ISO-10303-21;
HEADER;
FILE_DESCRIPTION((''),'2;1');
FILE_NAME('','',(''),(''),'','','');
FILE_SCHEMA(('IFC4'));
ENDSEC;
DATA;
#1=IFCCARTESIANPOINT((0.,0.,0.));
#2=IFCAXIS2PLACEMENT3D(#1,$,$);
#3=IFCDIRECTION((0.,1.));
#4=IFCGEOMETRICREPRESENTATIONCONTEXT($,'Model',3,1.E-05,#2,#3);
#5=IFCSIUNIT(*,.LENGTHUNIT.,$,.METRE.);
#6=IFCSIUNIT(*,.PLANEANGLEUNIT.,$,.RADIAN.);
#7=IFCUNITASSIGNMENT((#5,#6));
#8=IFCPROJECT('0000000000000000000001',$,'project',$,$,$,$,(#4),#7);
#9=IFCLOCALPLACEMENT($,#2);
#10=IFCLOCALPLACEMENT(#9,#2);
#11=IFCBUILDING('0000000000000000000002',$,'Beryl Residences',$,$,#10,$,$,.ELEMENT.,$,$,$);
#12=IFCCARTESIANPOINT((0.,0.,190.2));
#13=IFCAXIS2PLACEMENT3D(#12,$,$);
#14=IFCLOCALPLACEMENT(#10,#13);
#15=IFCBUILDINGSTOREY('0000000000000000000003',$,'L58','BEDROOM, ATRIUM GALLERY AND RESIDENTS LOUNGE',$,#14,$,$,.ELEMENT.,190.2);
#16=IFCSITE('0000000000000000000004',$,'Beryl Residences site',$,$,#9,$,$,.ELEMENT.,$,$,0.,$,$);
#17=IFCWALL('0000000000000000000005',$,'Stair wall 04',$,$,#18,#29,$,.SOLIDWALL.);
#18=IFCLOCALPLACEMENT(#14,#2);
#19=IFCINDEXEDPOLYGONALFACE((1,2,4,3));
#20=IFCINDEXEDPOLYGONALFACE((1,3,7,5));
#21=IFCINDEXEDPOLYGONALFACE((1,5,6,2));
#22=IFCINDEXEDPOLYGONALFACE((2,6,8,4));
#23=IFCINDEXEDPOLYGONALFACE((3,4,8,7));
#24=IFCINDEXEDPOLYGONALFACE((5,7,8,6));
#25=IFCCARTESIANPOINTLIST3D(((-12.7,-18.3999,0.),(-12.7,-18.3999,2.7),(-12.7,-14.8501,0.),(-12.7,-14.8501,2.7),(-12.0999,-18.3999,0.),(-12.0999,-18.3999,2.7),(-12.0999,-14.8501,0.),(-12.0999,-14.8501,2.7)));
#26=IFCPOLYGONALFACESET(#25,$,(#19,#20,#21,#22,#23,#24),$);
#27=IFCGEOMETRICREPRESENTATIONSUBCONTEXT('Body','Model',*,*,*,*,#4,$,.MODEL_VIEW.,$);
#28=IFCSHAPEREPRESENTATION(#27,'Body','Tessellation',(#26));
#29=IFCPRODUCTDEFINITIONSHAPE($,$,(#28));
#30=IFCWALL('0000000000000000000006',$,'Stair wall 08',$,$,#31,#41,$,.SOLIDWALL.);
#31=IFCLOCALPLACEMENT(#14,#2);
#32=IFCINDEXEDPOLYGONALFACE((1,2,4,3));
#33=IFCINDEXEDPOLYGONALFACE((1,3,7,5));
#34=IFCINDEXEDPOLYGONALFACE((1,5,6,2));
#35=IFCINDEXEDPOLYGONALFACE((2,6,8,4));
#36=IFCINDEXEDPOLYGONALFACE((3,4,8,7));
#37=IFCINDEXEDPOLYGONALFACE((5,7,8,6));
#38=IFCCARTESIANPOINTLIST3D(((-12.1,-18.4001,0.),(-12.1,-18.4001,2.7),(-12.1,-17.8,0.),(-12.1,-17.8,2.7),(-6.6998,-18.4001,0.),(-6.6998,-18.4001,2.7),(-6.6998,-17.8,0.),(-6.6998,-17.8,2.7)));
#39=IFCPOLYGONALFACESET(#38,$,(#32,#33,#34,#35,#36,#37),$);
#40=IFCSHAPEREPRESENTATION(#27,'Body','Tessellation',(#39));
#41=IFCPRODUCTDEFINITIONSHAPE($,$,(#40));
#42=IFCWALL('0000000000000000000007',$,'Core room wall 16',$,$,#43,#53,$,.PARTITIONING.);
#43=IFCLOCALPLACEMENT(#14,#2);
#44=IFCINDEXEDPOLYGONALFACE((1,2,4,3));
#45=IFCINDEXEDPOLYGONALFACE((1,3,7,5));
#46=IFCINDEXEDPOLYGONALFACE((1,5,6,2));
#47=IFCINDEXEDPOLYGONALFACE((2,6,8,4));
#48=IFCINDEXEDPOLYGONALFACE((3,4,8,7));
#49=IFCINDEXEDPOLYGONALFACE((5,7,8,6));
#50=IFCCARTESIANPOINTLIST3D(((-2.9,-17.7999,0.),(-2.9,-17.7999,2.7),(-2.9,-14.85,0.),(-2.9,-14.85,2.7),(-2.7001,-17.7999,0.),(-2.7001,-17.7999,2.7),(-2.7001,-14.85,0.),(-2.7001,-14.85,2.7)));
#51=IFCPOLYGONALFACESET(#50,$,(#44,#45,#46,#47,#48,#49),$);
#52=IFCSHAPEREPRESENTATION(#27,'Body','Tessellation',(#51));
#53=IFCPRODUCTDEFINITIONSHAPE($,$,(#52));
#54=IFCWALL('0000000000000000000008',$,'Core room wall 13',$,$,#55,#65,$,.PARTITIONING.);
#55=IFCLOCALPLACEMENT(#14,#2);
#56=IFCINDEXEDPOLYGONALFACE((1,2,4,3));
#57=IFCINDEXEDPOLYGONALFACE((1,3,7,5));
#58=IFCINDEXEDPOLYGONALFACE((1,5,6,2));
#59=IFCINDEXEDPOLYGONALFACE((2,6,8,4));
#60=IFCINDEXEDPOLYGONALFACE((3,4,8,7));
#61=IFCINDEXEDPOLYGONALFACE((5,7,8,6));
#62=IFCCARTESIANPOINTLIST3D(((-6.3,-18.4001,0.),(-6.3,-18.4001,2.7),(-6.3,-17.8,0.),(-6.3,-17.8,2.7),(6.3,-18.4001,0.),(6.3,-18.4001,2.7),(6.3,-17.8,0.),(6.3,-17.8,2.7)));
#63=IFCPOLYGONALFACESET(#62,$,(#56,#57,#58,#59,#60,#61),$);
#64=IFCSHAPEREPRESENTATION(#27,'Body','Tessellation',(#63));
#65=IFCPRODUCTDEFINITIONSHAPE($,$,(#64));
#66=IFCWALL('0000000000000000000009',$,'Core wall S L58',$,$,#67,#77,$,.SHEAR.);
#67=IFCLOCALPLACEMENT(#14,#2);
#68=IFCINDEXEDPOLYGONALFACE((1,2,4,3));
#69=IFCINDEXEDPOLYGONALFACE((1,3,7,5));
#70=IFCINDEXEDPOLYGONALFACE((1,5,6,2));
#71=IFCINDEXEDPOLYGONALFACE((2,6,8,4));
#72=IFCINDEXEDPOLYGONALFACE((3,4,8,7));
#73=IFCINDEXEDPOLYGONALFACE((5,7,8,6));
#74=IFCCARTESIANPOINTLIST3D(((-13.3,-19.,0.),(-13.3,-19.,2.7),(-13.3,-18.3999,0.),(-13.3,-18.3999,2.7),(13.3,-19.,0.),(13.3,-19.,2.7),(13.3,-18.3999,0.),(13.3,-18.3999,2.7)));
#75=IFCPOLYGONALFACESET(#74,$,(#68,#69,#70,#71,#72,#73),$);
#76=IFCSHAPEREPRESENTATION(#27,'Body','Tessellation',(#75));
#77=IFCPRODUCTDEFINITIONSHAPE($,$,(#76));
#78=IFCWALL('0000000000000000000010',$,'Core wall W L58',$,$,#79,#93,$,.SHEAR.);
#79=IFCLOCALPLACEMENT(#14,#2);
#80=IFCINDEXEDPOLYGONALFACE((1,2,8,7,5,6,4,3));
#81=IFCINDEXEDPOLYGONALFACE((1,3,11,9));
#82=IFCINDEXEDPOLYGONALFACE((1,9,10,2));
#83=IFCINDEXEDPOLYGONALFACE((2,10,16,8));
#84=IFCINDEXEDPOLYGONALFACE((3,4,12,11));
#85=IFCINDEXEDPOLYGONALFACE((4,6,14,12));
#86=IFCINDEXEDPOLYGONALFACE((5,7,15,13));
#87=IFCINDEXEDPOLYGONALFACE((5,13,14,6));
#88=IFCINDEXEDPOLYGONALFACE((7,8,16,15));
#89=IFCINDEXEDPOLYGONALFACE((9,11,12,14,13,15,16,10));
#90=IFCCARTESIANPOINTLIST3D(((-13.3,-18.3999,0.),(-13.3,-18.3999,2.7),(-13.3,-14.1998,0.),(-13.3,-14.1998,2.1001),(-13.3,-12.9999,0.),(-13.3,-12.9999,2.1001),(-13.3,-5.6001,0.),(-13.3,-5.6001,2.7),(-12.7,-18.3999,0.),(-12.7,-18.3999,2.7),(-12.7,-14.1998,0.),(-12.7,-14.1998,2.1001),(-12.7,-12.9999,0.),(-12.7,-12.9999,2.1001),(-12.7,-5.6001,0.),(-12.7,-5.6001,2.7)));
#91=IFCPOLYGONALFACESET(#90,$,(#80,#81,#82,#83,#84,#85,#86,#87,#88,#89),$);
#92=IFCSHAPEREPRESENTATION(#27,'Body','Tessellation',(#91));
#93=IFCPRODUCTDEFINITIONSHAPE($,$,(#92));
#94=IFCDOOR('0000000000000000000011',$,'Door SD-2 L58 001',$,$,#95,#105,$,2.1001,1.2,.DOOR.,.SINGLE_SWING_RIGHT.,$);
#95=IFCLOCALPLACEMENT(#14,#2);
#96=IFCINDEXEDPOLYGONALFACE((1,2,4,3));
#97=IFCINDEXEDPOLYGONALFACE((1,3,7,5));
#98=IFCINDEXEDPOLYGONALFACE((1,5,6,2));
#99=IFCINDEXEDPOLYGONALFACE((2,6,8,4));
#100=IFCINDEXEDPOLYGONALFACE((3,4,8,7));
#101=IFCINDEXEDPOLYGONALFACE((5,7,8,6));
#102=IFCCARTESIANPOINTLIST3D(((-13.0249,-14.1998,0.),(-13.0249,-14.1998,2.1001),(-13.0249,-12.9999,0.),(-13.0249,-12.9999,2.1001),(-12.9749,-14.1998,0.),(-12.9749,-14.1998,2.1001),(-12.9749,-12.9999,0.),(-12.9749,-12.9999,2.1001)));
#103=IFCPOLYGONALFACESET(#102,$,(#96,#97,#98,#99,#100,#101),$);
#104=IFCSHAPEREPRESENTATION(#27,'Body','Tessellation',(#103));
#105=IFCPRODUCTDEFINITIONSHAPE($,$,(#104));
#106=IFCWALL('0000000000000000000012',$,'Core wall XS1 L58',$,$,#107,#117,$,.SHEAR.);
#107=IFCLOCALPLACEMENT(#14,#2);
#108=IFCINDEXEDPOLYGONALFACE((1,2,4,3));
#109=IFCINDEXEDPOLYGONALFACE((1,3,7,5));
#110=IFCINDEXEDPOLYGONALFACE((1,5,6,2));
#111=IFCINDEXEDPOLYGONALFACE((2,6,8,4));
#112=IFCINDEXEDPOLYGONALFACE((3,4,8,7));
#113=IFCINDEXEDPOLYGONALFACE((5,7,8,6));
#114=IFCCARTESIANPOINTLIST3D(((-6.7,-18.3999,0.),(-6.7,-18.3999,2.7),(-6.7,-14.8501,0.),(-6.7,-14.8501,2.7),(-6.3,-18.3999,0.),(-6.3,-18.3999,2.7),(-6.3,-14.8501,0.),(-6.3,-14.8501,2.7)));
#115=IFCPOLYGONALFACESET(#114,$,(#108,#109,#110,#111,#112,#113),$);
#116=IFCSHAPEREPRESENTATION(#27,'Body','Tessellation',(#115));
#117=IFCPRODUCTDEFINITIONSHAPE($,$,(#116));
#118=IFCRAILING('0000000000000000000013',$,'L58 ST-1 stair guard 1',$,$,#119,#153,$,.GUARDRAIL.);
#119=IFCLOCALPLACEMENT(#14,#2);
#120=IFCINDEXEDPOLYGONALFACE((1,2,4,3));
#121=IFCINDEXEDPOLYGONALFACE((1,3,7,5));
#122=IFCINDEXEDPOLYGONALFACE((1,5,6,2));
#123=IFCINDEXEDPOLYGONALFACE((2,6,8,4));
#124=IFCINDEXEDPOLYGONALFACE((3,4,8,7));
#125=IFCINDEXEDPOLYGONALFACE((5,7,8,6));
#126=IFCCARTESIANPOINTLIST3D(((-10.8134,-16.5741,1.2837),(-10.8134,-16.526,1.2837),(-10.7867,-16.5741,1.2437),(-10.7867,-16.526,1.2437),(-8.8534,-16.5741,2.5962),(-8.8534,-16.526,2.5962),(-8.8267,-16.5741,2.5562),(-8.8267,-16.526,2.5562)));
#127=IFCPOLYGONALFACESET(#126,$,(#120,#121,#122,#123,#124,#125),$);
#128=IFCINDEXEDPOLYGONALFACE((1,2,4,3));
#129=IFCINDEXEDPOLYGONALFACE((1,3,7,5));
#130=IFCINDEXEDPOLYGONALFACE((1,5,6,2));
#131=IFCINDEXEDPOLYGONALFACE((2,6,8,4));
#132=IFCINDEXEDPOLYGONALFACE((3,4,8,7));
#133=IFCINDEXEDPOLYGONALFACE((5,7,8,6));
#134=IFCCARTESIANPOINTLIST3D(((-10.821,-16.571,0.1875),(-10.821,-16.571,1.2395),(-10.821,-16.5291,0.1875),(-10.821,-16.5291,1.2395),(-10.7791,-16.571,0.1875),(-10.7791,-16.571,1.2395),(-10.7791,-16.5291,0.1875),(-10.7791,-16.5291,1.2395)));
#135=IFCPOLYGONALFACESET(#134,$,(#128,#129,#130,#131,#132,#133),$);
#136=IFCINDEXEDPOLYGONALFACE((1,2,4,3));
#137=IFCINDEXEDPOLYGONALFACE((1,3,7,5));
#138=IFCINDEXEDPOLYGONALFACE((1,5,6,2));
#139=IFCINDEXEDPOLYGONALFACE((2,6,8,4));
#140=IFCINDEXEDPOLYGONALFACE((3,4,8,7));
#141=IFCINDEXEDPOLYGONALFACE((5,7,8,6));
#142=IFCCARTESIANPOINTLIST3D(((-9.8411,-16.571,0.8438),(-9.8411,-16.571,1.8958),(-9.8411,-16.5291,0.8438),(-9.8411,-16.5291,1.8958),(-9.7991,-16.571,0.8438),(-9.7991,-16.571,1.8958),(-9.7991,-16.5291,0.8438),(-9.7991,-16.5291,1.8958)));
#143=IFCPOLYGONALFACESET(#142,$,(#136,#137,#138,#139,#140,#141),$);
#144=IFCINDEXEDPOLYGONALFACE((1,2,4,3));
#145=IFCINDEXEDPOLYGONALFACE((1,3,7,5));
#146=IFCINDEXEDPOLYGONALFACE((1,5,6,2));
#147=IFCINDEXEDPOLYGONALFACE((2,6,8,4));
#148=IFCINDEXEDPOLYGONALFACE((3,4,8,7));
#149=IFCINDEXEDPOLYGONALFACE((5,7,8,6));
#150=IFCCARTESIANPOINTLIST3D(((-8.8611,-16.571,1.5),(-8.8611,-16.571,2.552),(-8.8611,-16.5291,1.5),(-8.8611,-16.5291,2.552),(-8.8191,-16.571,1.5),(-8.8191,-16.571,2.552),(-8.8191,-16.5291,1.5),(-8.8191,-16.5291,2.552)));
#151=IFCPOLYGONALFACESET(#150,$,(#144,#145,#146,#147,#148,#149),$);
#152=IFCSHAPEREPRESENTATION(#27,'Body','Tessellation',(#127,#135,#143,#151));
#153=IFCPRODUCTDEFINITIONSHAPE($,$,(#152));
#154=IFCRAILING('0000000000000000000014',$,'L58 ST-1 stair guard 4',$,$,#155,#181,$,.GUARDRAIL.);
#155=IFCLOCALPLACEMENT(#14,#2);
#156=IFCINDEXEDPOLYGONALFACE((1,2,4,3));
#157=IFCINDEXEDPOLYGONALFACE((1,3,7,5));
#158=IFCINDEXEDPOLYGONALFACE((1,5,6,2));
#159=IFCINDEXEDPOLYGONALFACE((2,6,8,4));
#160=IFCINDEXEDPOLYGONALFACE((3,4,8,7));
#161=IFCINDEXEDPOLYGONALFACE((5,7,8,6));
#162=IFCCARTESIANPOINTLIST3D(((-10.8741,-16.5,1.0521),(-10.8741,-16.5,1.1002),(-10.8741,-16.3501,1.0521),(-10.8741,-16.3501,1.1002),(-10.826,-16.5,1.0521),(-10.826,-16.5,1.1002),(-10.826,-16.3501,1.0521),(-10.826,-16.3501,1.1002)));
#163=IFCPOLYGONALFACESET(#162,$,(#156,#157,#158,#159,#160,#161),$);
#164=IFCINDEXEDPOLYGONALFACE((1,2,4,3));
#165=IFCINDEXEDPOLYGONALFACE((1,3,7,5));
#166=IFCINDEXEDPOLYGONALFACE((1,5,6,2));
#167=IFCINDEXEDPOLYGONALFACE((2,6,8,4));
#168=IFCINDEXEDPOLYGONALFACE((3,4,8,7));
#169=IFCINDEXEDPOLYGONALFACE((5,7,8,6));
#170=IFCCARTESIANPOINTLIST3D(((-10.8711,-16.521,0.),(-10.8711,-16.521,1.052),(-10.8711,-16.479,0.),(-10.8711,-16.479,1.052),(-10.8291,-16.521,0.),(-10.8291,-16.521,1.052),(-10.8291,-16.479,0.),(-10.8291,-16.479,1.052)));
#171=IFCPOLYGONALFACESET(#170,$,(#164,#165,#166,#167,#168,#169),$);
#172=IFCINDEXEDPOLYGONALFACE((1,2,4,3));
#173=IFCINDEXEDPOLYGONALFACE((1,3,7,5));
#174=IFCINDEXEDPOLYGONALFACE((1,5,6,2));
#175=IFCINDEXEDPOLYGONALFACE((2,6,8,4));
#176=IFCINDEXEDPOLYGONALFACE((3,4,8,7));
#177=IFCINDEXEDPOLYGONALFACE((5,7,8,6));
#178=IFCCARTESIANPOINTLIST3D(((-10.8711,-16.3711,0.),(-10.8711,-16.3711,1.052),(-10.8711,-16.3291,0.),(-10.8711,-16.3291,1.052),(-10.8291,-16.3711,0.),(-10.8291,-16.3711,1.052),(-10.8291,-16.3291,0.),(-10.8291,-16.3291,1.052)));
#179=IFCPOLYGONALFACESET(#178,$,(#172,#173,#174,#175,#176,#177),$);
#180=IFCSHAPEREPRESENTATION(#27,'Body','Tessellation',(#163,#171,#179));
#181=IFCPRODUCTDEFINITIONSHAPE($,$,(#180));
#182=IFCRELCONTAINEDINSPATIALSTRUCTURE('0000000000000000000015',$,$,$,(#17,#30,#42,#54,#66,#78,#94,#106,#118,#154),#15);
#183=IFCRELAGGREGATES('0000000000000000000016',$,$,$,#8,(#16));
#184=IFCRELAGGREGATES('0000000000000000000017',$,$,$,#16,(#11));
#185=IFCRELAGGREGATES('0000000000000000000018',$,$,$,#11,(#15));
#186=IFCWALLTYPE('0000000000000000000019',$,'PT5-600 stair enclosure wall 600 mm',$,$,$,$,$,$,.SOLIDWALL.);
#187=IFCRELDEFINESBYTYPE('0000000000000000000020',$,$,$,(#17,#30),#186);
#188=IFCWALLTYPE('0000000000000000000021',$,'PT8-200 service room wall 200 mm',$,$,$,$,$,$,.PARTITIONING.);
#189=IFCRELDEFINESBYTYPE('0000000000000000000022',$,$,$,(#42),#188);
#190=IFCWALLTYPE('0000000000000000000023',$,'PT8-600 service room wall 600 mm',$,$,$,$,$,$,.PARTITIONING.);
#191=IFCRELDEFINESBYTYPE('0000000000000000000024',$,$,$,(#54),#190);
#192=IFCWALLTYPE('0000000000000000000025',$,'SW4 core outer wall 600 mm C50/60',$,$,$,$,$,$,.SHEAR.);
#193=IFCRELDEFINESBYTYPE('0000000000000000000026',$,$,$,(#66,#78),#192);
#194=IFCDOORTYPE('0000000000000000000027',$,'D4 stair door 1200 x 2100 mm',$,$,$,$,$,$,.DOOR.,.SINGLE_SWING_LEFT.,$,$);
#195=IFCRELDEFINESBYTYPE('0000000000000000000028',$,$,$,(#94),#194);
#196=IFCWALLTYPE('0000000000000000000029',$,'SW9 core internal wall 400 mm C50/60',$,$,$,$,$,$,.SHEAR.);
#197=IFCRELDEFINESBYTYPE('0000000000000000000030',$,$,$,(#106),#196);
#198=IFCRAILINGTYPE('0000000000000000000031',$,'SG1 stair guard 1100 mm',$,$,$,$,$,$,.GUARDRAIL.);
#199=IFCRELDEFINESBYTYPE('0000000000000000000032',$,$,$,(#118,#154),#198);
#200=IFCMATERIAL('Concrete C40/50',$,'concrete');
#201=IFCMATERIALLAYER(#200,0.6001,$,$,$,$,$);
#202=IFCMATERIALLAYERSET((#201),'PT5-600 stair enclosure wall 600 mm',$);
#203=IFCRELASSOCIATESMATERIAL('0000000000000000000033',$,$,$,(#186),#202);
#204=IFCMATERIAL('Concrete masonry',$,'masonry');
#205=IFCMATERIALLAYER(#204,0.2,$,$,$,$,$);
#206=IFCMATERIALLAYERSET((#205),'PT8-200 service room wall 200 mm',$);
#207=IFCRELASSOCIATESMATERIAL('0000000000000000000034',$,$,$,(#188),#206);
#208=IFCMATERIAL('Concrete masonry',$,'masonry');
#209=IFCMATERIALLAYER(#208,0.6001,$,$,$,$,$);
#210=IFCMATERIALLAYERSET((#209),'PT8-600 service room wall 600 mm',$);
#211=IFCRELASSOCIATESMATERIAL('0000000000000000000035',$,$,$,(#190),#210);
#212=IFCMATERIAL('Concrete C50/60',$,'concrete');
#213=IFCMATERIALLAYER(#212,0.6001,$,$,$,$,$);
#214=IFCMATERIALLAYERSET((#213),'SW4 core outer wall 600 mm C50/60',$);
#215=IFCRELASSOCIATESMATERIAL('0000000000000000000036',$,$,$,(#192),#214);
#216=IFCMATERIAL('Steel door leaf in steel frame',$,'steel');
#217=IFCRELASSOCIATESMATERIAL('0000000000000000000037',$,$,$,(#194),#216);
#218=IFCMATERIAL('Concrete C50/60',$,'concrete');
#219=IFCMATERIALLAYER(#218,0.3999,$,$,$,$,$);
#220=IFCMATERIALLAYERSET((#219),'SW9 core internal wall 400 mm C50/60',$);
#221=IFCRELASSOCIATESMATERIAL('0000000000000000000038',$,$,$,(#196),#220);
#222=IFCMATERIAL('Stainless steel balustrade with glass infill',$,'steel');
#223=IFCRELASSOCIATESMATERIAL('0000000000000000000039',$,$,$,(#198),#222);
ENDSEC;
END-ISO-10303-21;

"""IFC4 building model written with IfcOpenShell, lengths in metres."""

from ifc_helpers import new_model, si_unit, direction, frame, frame_2d, origin, origin_2d, place, context, subcontext, project, spatial, rectangle, extrude, material, layer, layer_set, type_object, element, fill, save


model = new_model("IFC4")

# Units and contexts
model_context = context("Model", 3, precision=1e-05, world=origin(), true_north=direction((0.0, 1.0)))
body_context = subcontext(model_context, "Body", "Model", "MODEL_VIEW")
ifc_project = project(units=[si_unit("LENGTHUNIT", "METRE"), si_unit("PLANEANGLEUNIT", "RADIAN")], contexts=[model_context])

# Site, building, storey
site_placement = place(None, origin())
site = spatial("IfcSite", under=ifc_project, at=site_placement, Name="Beryl Residences site", CompositionType="ELEMENT", RefElevation=0.0)
building_placement = place(site_placement, origin())
building = spatial("IfcBuilding", under=site, at=building_placement, Name="Beryl Residences", CompositionType="ELEMENT")
storey_placement = place(building_placement, frame((0.0, 0.0, 190.2)))
storey = spatial("IfcBuildingStorey", under=building, at=storey_placement, Name="L58", Description="BEDROOM, ATRIUM GALLERY AND RESIDENTS LOUNGE", CompositionType="ELEMENT", Elevation=190.2)

# Walls
ifc_material_1 = material(Name="Concrete C40/50", Category="concrete")
ifc_layer_1 = layer(ifc_material_1, 0.6001)
ifc_layer_set_1 = layer_set([ifc_layer_1], Name="PT5-600 stair enclosure wall 600 mm")
wall_type_1 = type_object("IfcWallType", Name="PT5-600 stair enclosure wall 600 mm", PredefinedType="SOLIDWALL", material=ifc_layer_set_1)
wall_1_placement = place(storey_placement, frame((-12.3999, -18.3999, 0.0), z_axis=(0.0, 0.0, 1.0), x_axis=(0.0, 1.0, 0.0)))
element("IfcWall", 1, at=wall_1_placement, inside=storey, type_object=wall_type_1, Name="Stair wall 04", PredefinedType="SOLIDWALL", context=body_context, shape_type="SweptSolid", body=[
    extrude(rectangle(XDim=3.5498, YDim=0.6001, at=frame_2d((1.7749, 0.0))), origin(), (0.0, 0.0, 1.0), 2.7),
])
wall_2_placement = place(storey_placement, frame((-12.1001, -18.1001, 0.0), z_axis=(0.0, 0.0, 1.0), x_axis=(1.0, 0.0, 0.0)))
element("IfcWall", 2, at=wall_2_placement, inside=storey, type_object=wall_type_1, Name="Stair wall 08", PredefinedType="SOLIDWALL", context=body_context, shape_type="SweptSolid", body=[
    extrude(rectangle(XDim=5.4001, YDim=0.6001, at=frame_2d((2.7002, 0.0))), origin(), (0.0, 0.0, 1.0), 2.7),
])
ifc_material_2 = material(Name="Concrete masonry", Category="masonry")
ifc_layer_2 = layer(ifc_material_2, 0.2)
ifc_layer_set_2 = layer_set([ifc_layer_2], Name="PT8-200 service room wall 200 mm")
wall_type_2 = type_object("IfcWallType", Name="PT8-200 service room wall 200 mm", PredefinedType="PARTITIONING", material=ifc_layer_set_2)
wall_3_placement = place(storey_placement, frame((-2.8, -17.8, 0.0), z_axis=(0.0, 0.0, 1.0), x_axis=(0.0, 1.0, 0.0)))
element("IfcWall", 3, at=wall_3_placement, inside=storey, type_object=wall_type_2, Name="Core room wall 16", PredefinedType="PARTITIONING", context=body_context, shape_type="SweptSolid", body=[
    extrude(rectangle(XDim=2.95, YDim=0.2, at=frame_2d((1.4751, 0.0))), origin(), (0.0, 0.0, 1.0), 2.7),
])
ifc_material_3 = material(Name="Concrete masonry", Category="masonry")
ifc_layer_3 = layer(ifc_material_3, 0.6001)
ifc_layer_set_3 = layer_set([ifc_layer_3], Name="PT8-600 service room wall 600 mm")
wall_type_3 = type_object("IfcWallType", Name="PT8-600 service room wall 600 mm", PredefinedType="PARTITIONING", material=ifc_layer_set_3)
wall_4_placement = place(storey_placement, frame((-6.3, -18.1001, 0.0), z_axis=(0.0, 0.0, 1.0), x_axis=(1.0, 0.0, 0.0)))
element("IfcWall", 4, at=wall_4_placement, inside=storey, type_object=wall_type_3, Name="Core room wall 13", PredefinedType="PARTITIONING", context=body_context, shape_type="SweptSolid", body=[
    extrude(rectangle(XDim=12.6001, YDim=0.6001, at=frame_2d((6.3, 0.0))), origin(), (0.0, 0.0, 1.0), 2.7),
])
ifc_material_4 = material(Name="Concrete C50/60", Category="concrete")
ifc_layer_4 = layer(ifc_material_4, 0.6001)
ifc_layer_set_4 = layer_set([ifc_layer_4], Name="SW4 core outer wall 600 mm C50/60")
wall_type_4 = type_object("IfcWallType", Name="SW4 core outer wall 600 mm C50/60", PredefinedType="SHEAR", material=ifc_layer_set_4)
wall_5_placement = place(storey_placement, frame((-13.3, -18.7, 0.0), z_axis=(0.0, 0.0, 1.0), x_axis=(1.0, 0.0, 0.0)))
element("IfcWall", 5, at=wall_5_placement, inside=storey, type_object=wall_type_4, Name="Core wall S L58", PredefinedType="SHEAR", context=body_context, shape_type="SweptSolid", body=[
    extrude(rectangle(XDim=26.6001, YDim=0.6001, at=frame_2d((13.3, 0.0))), origin(), (0.0, 0.0, 1.0), 2.7),
])

# Wall, opening, door
wall_6_placement = place(storey_placement, frame((-13.0, -18.3999, 0.0), z_axis=(0.0, 0.0, 1.0), x_axis=(0.0, 1.0, 0.0)))
wall_6 = element("IfcWall", 6, at=wall_6_placement, inside=storey, type_object=wall_type_4, Name="Core wall W L58", PredefinedType="SHEAR", context=body_context, shape_type="SweptSolid", body=[
    extrude(rectangle(XDim=12.7998, YDim=0.6001, at=frame_2d((6.3999, 0.0))), origin(), (0.0, 0.0, 1.0), 2.7),
])
opening_1_placement = place(wall_6_placement, frame((4.2, 0.0, 0.0)))
opening_1 = element("IfcOpeningElement", 7, at=opening_1_placement, cuts=wall_6, PredefinedType="OPENING", context=body_context, shape_type="SweptSolid", body=[
    extrude(rectangle(XDim=1.2, YDim=2.1001, at=frame_2d((0.6001, 1.05))), frame((0.0, 0.3101, 0.0), z_axis=(0.0, -1.0, 0.0), x_axis=(1.0, 0.0, 0.0)), (0.0, 0.0, 1.0), 0.6201),
])
ifc_material_5 = material(Name="Steel door leaf in steel frame", Category="steel")
door_type = type_object("IfcDoorType", Name="D4 stair door 1200 x 2100 mm", OperationType="SINGLE_SWING_LEFT", PredefinedType="DOOR", material=ifc_material_5)
door_placement = place(opening_1_placement, origin())
door = element("IfcDoor", 8, at=door_placement, inside=storey, type_object=door_type, Name="Door SD-2 L58 001", OperationType="SINGLE_SWING_RIGHT", OverallHeight=2.1001, OverallWidth=1.2, PredefinedType="DOOR", context=body_context, shape_type="SweptSolid", body=[
    extrude(rectangle(XDim=1.2, YDim=2.1001, at=frame_2d((0.6001, 1.05))), frame((0.0, 0.0249, 0.0), z_axis=(0.0, -1.0, 0.0), x_axis=(1.0, 0.0, 0.0)), (0.0, 0.0, 1.0), 0.05),
])
fill(opening_1, door)

# Wall
ifc_material_6 = material(Name="Concrete C50/60", Category="concrete")
ifc_layer_5 = layer(ifc_material_6, 0.3999)
ifc_layer_set_5 = layer_set([ifc_layer_5], Name="SW9 core internal wall 400 mm C50/60")
wall_type_5 = type_object("IfcWallType", Name="SW9 core internal wall 400 mm C50/60", PredefinedType="SHEAR", material=ifc_layer_set_5)
wall_7_placement = place(storey_placement, frame((-6.5, -18.3999, 0.0), z_axis=(0.0, 0.0, 1.0), x_axis=(0.0, 1.0, 0.0)))
element("IfcWall", 9, at=wall_7_placement, inside=storey, type_object=wall_type_5, Name="Core wall XS1 L58", PredefinedType="SHEAR", context=body_context, shape_type="SweptSolid", body=[
    extrude(rectangle(XDim=3.5498, YDim=0.3999, at=frame_2d((1.7749, 0.0))), origin(), (0.0, 0.0, 1.0), 2.7),
])

# Railings
ifc_material_7 = material(Name="Stainless steel balustrade with glass infill", Category="steel")
railing_type_1 = type_object("IfcRailingType", Name="SG1 stair guard 1100 mm", PredefinedType="GUARDRAIL", material=ifc_material_7)
railing_1_placement = place(storey_placement, frame((-10.8, -16.55, 0.1875)))
element("IfcRailing", 10, at=railing_1_placement, inside=storey, type_object=railing_type_1, Name="L58 ST-1 stair guard 1", PredefinedType="GUARDRAIL", context=body_context, shape_type="SweptSolid", body=[
    extrude(rectangle(XDim=0.0481, YDim=0.0481, at=origin_2d()), frame((0.0, 0.0, 1.0762), z_axis=(0.830902, 0.0, 0.556419), x_axis=(0.0, 1.0, 0.0)), (0.0, 0.0, 1.0), 2.3589),
    extrude(rectangle(XDim=0.042, YDim=0.042, at=origin_2d()), origin(), (0.0, 0.0, 1.0), 1.052),
    extrude(rectangle(XDim=0.042, YDim=0.042, at=origin_2d()), frame((0.98, 0.0, 0.6562)), (0.0, 0.0, 1.0), 1.052),
    extrude(rectangle(XDim=0.042, YDim=0.042, at=origin_2d()), frame((1.96, 0.0, 1.3125)), (0.0, 0.0, 1.0), 1.052),
])
railing_2_placement = place(storey_placement, frame((-10.8501, -16.5, 0.0)))
element("IfcRailing", 11, at=railing_2_placement, inside=storey, type_object=railing_type_1, Name="L58 ST-1 stair guard 4", PredefinedType="GUARDRAIL", context=body_context, shape_type="SweptSolid", body=[
    extrude(rectangle(XDim=0.0481, YDim=0.0481, at=origin_2d()), frame((0.0, 0.0, 1.0762), z_axis=(0.0, 1.0, 0.0), x_axis=(-1.0, 0.0, 0.0)), (0.0, 0.0, 1.0), 0.1499),
    extrude(rectangle(XDim=0.042, YDim=0.042, at=origin_2d()), origin(), (0.0, 0.0, 1.0), 1.052),
    extrude(rectangle(XDim=0.042, YDim=0.042, at=origin_2d()), frame((0.0, 0.1499, 0.0)), (0.0, 0.0, 1.0), 1.052),
])

save(model, "model.ifc")
